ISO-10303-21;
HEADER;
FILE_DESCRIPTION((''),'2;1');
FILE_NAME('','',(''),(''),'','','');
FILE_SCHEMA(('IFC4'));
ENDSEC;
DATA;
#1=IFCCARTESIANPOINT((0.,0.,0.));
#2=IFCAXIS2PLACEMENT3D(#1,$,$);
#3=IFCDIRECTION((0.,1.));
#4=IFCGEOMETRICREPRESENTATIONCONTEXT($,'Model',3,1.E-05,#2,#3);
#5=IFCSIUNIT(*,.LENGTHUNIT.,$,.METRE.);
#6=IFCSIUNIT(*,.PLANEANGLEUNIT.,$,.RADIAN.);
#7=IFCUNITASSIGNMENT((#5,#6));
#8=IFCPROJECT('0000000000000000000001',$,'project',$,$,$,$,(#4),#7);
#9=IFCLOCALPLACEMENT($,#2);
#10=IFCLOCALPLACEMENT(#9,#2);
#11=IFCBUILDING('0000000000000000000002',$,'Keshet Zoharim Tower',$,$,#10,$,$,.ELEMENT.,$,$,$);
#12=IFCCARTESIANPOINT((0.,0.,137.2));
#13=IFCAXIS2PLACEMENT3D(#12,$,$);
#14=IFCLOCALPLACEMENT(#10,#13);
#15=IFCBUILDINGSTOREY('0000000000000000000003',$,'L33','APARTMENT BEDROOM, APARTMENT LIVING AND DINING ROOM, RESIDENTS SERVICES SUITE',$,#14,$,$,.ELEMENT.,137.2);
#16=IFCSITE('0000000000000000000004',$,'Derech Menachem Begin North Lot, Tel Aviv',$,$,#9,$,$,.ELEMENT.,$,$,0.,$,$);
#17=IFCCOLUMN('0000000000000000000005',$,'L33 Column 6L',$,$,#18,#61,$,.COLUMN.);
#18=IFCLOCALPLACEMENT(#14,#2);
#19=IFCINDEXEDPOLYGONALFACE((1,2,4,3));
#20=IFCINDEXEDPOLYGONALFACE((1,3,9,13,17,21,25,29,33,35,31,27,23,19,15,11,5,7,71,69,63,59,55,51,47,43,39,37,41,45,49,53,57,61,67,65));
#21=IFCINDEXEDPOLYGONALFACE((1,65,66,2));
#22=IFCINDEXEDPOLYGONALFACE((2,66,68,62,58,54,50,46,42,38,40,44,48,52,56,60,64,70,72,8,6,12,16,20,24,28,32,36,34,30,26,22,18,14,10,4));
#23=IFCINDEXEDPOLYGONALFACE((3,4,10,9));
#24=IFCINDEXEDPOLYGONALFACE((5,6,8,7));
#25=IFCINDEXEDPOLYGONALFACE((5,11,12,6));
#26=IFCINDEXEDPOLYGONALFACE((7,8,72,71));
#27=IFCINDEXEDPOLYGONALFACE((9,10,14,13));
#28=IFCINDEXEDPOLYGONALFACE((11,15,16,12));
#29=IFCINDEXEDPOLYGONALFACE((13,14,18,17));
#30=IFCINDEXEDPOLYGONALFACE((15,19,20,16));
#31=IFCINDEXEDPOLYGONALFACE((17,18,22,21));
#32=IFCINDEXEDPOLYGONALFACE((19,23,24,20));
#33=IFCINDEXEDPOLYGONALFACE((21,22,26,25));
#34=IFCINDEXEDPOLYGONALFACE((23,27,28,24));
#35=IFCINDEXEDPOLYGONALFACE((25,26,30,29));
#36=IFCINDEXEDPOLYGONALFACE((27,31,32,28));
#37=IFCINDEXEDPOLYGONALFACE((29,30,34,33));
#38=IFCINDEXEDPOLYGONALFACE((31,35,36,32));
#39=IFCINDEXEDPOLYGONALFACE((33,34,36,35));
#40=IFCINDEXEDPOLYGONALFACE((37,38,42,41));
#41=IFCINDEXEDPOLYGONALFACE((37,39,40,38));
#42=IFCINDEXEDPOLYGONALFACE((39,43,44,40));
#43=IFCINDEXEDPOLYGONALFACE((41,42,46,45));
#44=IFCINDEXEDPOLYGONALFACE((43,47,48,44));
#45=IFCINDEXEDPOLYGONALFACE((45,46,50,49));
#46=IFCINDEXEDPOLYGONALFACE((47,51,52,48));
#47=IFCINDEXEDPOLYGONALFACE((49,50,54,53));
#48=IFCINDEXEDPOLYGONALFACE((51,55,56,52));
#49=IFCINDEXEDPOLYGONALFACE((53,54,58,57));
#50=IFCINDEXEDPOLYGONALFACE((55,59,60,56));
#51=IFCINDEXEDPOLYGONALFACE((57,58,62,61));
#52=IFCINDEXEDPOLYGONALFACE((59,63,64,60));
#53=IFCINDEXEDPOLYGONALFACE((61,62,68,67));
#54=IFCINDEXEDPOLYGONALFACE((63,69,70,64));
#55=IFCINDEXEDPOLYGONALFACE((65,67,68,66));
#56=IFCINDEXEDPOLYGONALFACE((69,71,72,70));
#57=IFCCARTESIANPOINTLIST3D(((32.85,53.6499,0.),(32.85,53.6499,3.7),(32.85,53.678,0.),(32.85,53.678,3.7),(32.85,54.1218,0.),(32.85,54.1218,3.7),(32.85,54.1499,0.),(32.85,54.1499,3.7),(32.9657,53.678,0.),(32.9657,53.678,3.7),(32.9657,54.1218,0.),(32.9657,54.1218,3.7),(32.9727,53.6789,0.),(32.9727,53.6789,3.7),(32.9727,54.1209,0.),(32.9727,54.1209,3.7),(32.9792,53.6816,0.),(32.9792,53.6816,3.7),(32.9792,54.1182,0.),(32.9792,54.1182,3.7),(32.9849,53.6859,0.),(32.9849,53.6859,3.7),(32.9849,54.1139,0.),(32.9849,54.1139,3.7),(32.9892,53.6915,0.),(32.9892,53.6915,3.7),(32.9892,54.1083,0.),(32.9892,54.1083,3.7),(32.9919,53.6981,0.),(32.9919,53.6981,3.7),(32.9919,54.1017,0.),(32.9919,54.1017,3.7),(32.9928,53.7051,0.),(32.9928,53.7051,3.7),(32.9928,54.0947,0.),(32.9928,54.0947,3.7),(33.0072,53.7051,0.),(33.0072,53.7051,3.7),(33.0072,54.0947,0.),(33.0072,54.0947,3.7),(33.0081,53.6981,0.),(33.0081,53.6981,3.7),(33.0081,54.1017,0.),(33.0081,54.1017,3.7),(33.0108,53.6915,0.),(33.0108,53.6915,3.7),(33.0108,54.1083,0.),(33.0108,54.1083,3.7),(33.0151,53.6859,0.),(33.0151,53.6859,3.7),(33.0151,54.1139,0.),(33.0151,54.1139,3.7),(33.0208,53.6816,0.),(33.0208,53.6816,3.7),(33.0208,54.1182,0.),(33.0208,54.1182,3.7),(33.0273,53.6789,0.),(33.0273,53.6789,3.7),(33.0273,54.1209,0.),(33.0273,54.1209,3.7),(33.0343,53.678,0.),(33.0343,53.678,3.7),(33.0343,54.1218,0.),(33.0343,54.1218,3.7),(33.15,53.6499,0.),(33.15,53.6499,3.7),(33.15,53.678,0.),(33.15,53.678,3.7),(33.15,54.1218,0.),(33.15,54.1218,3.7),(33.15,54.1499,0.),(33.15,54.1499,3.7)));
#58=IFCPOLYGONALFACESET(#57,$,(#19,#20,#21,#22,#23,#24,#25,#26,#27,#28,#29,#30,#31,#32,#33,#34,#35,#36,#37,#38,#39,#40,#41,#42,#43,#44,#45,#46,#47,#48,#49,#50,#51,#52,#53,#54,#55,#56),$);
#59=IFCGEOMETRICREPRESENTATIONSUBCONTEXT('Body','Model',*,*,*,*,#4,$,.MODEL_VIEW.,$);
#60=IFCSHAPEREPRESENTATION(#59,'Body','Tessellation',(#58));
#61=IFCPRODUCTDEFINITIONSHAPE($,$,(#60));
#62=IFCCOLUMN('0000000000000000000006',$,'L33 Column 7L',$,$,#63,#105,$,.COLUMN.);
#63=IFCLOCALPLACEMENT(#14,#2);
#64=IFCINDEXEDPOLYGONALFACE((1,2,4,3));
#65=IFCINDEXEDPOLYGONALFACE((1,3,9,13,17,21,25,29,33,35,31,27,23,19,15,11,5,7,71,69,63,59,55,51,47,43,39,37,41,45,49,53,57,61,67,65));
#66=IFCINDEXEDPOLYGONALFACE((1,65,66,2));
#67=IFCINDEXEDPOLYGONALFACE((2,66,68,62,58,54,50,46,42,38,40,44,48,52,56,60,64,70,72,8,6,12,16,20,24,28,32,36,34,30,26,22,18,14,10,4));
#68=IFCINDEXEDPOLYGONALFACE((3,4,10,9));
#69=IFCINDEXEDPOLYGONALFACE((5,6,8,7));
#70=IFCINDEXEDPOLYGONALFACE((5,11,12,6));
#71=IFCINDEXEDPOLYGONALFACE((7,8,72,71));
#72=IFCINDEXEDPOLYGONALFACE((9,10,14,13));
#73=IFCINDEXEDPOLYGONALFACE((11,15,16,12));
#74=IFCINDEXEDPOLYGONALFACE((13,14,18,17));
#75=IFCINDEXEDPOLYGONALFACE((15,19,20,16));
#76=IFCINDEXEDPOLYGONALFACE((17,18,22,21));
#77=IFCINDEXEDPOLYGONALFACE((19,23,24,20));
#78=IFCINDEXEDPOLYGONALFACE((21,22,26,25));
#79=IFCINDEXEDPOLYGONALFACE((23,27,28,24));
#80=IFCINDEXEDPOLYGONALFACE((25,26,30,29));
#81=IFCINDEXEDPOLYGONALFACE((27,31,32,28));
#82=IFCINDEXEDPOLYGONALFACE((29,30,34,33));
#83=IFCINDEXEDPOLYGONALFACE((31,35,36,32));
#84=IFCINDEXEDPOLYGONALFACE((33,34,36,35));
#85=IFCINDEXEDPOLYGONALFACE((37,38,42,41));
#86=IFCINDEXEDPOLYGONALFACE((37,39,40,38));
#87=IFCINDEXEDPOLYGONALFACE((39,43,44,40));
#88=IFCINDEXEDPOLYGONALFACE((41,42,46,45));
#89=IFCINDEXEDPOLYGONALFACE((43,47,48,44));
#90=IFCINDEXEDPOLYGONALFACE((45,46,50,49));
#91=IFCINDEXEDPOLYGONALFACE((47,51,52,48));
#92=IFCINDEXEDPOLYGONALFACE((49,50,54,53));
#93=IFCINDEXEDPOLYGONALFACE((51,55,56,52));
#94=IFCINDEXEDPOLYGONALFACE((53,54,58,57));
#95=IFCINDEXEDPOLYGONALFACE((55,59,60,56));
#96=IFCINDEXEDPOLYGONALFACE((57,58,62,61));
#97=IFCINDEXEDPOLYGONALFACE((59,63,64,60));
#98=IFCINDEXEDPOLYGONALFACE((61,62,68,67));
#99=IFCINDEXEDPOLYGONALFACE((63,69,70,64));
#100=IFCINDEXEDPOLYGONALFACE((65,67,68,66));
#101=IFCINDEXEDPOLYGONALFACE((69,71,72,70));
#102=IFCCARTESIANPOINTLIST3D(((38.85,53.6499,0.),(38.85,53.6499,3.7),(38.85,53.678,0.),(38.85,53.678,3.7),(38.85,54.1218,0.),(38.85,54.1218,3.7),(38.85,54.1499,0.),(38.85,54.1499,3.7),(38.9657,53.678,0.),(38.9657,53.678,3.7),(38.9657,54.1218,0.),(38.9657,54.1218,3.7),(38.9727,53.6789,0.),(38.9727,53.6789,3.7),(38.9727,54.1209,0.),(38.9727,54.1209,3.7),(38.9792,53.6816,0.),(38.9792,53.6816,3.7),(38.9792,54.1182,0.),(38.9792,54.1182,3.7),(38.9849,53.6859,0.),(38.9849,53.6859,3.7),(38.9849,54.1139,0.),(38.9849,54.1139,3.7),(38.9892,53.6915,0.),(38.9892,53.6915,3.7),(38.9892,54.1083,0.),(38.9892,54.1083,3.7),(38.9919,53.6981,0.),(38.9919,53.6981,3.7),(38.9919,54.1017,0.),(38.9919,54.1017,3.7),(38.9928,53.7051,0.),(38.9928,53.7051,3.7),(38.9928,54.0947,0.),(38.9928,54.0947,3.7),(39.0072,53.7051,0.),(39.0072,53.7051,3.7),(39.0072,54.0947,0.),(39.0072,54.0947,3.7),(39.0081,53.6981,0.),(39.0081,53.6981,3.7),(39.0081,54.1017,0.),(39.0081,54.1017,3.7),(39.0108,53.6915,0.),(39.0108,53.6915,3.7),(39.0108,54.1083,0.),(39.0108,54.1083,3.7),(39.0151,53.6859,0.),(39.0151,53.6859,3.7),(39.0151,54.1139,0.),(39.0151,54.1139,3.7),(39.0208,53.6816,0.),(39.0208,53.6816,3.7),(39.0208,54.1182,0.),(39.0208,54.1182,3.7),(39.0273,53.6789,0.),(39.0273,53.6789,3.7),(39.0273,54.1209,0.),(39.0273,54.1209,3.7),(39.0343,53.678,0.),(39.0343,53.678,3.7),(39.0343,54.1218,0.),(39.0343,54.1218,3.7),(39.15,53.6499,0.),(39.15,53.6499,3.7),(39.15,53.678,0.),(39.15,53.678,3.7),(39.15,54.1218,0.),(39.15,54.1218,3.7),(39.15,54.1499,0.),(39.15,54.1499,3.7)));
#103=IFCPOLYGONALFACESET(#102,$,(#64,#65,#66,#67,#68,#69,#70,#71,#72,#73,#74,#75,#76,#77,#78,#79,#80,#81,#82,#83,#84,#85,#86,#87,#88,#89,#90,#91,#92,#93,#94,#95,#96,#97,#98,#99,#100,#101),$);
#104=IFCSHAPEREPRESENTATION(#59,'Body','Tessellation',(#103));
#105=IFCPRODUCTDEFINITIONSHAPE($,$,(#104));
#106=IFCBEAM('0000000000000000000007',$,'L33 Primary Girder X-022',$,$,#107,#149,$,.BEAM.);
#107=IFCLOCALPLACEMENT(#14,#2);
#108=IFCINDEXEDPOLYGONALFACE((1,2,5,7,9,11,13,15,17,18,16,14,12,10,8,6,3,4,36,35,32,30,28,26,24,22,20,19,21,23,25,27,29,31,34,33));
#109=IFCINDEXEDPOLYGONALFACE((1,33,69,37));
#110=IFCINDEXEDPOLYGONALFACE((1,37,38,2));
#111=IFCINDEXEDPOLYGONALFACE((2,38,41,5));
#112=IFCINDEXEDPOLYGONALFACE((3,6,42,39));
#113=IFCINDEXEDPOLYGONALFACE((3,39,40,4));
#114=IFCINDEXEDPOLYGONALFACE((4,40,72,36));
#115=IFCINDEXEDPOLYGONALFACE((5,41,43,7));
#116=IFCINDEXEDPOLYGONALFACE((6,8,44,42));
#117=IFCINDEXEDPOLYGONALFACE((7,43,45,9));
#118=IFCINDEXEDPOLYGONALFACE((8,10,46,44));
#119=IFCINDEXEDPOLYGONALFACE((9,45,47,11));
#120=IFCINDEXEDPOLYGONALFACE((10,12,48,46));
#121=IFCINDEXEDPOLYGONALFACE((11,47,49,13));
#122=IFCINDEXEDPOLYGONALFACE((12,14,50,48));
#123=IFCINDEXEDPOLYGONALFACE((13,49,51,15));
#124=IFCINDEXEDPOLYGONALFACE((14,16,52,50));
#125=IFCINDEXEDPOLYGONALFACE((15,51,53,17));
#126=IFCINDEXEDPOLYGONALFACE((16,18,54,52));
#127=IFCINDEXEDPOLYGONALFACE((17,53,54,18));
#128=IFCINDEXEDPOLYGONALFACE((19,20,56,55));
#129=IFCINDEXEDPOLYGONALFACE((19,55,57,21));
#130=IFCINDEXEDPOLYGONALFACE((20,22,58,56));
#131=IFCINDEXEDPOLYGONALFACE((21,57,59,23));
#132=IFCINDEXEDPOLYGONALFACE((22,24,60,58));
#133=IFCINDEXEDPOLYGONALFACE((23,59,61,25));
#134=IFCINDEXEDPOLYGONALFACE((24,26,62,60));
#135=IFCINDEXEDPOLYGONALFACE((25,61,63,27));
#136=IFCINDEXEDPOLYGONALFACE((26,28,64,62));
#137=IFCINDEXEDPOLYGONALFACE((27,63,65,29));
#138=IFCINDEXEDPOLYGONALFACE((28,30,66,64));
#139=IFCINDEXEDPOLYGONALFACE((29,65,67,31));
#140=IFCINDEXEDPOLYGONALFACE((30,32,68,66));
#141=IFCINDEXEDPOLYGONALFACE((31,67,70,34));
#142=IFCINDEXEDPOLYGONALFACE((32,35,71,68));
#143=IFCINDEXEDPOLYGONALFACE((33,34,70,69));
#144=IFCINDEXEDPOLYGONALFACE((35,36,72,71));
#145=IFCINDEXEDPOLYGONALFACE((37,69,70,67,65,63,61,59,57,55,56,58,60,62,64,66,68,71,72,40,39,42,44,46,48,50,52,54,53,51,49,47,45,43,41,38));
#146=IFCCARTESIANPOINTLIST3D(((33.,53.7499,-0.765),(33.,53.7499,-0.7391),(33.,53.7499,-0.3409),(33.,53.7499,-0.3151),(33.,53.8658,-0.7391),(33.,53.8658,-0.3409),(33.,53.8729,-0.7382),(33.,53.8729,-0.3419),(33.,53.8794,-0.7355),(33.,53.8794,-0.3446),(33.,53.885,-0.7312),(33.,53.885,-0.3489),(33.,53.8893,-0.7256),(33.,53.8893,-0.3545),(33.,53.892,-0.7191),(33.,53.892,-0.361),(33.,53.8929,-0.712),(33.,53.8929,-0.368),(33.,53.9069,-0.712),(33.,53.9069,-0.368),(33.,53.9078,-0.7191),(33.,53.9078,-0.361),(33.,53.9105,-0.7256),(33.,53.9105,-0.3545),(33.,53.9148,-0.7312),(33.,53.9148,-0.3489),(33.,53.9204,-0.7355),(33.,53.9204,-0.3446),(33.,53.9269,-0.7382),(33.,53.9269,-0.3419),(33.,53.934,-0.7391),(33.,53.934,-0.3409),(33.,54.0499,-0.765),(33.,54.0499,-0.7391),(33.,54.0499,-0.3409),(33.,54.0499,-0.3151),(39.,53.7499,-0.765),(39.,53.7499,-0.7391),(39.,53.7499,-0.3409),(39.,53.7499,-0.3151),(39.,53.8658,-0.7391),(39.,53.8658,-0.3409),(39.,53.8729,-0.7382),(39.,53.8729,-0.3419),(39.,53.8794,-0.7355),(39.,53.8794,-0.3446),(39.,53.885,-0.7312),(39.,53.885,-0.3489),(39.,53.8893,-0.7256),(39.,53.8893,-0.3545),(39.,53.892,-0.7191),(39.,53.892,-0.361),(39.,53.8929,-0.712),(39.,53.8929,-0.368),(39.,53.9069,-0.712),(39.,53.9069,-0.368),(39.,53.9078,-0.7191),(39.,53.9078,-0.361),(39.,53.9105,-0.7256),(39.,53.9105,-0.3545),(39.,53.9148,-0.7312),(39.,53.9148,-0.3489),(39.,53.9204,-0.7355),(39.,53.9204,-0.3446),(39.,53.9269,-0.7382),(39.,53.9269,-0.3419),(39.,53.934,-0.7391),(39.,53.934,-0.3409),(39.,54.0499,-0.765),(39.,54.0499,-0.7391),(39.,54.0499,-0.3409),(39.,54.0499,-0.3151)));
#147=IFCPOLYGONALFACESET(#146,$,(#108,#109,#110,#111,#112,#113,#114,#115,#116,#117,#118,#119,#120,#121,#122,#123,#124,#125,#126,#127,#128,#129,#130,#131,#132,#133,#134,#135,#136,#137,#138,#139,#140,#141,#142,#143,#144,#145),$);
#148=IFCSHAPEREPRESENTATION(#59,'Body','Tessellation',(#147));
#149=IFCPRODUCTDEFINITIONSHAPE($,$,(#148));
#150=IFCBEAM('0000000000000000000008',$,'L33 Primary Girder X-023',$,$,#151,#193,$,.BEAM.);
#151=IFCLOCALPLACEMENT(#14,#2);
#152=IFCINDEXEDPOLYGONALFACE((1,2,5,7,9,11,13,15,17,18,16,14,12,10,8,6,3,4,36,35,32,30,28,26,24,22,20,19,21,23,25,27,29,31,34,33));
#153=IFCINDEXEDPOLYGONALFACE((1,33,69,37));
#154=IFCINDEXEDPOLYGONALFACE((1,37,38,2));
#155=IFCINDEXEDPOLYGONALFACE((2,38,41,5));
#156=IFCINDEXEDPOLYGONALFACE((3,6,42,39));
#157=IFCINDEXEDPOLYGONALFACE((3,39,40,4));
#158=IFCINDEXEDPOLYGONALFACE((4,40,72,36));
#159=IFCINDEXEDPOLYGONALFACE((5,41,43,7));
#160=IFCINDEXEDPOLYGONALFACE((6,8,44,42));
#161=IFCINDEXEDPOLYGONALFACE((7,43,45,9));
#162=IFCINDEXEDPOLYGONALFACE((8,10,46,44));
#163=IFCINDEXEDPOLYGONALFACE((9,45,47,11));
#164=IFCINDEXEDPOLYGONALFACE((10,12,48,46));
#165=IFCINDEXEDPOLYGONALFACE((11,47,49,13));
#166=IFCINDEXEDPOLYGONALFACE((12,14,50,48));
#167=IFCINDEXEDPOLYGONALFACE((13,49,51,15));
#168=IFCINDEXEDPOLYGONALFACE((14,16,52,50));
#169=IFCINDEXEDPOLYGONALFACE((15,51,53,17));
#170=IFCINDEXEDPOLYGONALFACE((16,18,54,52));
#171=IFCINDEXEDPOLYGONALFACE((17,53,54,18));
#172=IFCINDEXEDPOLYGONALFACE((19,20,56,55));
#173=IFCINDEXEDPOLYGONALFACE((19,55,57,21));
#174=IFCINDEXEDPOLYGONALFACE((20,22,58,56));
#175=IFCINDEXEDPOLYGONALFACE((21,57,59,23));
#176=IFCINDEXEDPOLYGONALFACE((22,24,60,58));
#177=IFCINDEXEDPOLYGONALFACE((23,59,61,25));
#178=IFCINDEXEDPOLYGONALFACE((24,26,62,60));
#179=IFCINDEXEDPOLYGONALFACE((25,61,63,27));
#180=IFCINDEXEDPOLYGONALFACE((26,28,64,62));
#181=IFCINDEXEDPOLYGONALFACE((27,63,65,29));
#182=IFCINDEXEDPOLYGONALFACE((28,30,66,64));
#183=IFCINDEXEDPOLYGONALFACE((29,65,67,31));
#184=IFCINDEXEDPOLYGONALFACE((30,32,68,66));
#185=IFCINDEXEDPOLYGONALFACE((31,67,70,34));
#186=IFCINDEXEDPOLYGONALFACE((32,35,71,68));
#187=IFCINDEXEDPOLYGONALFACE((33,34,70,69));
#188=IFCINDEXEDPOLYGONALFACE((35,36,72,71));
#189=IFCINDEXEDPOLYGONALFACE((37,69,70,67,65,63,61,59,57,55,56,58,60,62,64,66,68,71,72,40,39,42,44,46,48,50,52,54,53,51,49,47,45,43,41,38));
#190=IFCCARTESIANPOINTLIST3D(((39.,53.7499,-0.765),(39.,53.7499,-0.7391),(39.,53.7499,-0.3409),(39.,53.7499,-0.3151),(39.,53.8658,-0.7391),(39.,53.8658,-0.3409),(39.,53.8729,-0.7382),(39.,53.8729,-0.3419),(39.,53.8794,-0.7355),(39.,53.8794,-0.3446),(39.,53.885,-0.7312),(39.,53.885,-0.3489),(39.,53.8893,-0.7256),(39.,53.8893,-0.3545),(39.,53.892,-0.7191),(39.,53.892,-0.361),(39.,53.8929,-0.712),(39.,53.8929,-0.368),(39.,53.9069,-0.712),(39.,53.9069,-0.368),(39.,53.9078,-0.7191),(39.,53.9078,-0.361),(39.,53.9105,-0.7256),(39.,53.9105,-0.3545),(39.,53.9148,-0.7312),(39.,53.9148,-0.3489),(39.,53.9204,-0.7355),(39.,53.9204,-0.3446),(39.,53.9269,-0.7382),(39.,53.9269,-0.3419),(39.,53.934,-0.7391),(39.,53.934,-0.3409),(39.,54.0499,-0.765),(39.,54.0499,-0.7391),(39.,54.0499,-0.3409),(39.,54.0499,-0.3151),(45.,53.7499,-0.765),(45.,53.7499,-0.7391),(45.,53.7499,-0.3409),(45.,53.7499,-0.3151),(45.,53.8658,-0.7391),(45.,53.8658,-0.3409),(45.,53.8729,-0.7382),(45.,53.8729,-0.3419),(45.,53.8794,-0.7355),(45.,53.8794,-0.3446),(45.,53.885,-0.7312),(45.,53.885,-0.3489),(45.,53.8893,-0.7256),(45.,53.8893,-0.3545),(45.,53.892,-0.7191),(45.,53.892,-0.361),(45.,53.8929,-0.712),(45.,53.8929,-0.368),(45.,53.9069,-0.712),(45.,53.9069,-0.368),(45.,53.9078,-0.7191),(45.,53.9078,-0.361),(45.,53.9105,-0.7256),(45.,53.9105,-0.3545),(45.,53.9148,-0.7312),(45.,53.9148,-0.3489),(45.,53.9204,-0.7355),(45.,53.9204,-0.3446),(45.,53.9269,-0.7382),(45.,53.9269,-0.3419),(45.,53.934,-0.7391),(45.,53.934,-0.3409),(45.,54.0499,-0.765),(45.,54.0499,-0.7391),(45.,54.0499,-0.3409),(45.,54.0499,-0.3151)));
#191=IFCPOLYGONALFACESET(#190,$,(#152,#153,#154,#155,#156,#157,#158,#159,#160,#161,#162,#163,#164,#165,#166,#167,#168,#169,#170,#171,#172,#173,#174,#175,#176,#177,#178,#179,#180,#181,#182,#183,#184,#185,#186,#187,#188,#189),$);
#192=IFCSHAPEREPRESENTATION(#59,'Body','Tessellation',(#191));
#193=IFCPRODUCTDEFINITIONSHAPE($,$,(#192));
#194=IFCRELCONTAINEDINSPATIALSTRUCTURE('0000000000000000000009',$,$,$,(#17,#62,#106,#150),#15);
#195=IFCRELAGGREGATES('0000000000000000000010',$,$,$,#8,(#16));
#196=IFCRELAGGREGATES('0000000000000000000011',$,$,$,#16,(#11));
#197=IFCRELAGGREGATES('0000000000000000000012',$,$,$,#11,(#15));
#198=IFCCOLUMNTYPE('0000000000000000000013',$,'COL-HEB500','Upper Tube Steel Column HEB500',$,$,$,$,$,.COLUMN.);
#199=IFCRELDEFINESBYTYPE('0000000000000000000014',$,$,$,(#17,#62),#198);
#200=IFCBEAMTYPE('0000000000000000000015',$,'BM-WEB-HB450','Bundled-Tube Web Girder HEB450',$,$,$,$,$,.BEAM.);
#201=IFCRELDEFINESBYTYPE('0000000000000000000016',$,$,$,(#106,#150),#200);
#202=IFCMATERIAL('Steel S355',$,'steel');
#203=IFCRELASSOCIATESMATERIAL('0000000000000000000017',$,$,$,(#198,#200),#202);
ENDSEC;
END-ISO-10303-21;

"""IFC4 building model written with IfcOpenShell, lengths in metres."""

from ifc_helpers import new_model, si_unit, direction, frame, origin, origin_2d, place, context, subcontext, project, spatial, i_section, extrude, material, material_profile, profile_set, type_object, element, save


model = new_model("IFC4")

# Units and contexts
model_context = context("Model", 3, precision=1e-05, world=origin(), true_north=direction((0.0, 1.0)))
body_context = subcontext(model_context, "Body", "Model", "MODEL_VIEW")
ifc_project = project(units=[si_unit("LENGTHUNIT", "METRE"), si_unit("PLANEANGLEUNIT", "RADIAN")], contexts=[model_context])

# Site, building, storey
site_placement = place(None, origin())
site = spatial("IfcSite", under=ifc_project, at=site_placement, Name="Derech Menachem Begin North Lot, Tel Aviv", CompositionType="ELEMENT", RefElevation=0.0)
building_placement = place(site_placement, origin())
building = spatial("IfcBuilding", under=site, at=building_placement, Name="Keshet Zoharim Tower", CompositionType="ELEMENT")
storey_placement = place(building_placement, frame((0.0, 0.0, 137.2)))
storey = spatial("IfcBuildingStorey", under=building, at=storey_placement, Name="L33", Description="APARTMENT BEDROOM, APARTMENT LIVING AND DINING ROOM, RESIDENTS SERVICES SUITE", CompositionType="ELEMENT", Elevation=137.2)

# Columns
ifc_material_1 = material(Name="Steel S355", Category="steel")
ifc_material_profile_1 = material_profile(ifc_material_1, i_section(OverallWidth=0.3, OverallDepth=0.5, WebThickness=0.0144, FlangeThickness=0.0281, FilletRadius=0.0271, at=origin_2d()), Name="HEB500")
ifc_profile_set_1 = profile_set([ifc_material_profile_1], Name="Steel S355")
column_type = type_object("IfcColumnType", Name="COL-HEB500", Description="Upper Tube Steel Column HEB500", PredefinedType="COLUMN", material=ifc_profile_set_1)
for number, where, z_axis, x_axis, name in (
    (1, (33.0, 53.8999, 0.0), (0.0, 0.0, 1.0), (1.0, 0.0, 0.0), "L33 Column 6L"),
    (2, (39.0, 53.8999, 0.0), (0.0, 0.0, 1.0), (1.0, 0.0, 0.0), "L33 Column 7L"),
):
    element("IfcColumn", number, at=place(storey_placement, frame(where, z_axis=z_axis, x_axis=x_axis)), inside=storey, type_object=column_type, Name=name, PredefinedType="COLUMN", context=body_context, shape_type="SweptSolid", body=[
        extrude(i_section(OverallWidth=0.3, OverallDepth=0.5, WebThickness=0.0144, FlangeThickness=0.0281, FilletRadius=0.0271, at=origin_2d()), origin(), (0.0, 0.0, 1.0), 3.7),
    ])

# Beams
ifc_material_profile_2 = material_profile(ifc_material_1, i_section(OverallWidth=0.3, OverallDepth=0.45, WebThickness=0.0139, FlangeThickness=0.0259, FilletRadius=0.0271, at=origin_2d()), Name="HEB450")
ifc_profile_set_2 = profile_set([ifc_material_profile_2], Name="Steel S355")
beam_type = type_object("IfcBeamType", Name="BM-WEB-HB450", Description="Bundled-Tube Web Girder HEB450", PredefinedType="BEAM", material=ifc_profile_set_2)
for number, where, z_axis, x_axis, name in (
    (3, (33.0, 53.8999, -0.54), (1.0, 0.0, 0.0), (0.0, 1.0, 0.0), "L33 Primary Girder X-022"),
    (4, (39.0, 53.8999, -0.54), (1.0, 0.0, 0.0), (0.0, 1.0, 0.0), "L33 Primary Girder X-023"),
):
    element("IfcBeam", number, at=place(storey_placement, frame(where, z_axis=z_axis, x_axis=x_axis)), inside=storey, type_object=beam_type, Name=name, PredefinedType="BEAM", context=body_context, shape_type="SweptSolid", body=[
        extrude(i_section(OverallWidth=0.3, OverallDepth=0.45, WebThickness=0.0139, FlangeThickness=0.0259, FilletRadius=0.0271, at=origin_2d()), origin(), (0.0, 0.0, 1.0), 6.0),
    ])

save(model, "model.ifc")
